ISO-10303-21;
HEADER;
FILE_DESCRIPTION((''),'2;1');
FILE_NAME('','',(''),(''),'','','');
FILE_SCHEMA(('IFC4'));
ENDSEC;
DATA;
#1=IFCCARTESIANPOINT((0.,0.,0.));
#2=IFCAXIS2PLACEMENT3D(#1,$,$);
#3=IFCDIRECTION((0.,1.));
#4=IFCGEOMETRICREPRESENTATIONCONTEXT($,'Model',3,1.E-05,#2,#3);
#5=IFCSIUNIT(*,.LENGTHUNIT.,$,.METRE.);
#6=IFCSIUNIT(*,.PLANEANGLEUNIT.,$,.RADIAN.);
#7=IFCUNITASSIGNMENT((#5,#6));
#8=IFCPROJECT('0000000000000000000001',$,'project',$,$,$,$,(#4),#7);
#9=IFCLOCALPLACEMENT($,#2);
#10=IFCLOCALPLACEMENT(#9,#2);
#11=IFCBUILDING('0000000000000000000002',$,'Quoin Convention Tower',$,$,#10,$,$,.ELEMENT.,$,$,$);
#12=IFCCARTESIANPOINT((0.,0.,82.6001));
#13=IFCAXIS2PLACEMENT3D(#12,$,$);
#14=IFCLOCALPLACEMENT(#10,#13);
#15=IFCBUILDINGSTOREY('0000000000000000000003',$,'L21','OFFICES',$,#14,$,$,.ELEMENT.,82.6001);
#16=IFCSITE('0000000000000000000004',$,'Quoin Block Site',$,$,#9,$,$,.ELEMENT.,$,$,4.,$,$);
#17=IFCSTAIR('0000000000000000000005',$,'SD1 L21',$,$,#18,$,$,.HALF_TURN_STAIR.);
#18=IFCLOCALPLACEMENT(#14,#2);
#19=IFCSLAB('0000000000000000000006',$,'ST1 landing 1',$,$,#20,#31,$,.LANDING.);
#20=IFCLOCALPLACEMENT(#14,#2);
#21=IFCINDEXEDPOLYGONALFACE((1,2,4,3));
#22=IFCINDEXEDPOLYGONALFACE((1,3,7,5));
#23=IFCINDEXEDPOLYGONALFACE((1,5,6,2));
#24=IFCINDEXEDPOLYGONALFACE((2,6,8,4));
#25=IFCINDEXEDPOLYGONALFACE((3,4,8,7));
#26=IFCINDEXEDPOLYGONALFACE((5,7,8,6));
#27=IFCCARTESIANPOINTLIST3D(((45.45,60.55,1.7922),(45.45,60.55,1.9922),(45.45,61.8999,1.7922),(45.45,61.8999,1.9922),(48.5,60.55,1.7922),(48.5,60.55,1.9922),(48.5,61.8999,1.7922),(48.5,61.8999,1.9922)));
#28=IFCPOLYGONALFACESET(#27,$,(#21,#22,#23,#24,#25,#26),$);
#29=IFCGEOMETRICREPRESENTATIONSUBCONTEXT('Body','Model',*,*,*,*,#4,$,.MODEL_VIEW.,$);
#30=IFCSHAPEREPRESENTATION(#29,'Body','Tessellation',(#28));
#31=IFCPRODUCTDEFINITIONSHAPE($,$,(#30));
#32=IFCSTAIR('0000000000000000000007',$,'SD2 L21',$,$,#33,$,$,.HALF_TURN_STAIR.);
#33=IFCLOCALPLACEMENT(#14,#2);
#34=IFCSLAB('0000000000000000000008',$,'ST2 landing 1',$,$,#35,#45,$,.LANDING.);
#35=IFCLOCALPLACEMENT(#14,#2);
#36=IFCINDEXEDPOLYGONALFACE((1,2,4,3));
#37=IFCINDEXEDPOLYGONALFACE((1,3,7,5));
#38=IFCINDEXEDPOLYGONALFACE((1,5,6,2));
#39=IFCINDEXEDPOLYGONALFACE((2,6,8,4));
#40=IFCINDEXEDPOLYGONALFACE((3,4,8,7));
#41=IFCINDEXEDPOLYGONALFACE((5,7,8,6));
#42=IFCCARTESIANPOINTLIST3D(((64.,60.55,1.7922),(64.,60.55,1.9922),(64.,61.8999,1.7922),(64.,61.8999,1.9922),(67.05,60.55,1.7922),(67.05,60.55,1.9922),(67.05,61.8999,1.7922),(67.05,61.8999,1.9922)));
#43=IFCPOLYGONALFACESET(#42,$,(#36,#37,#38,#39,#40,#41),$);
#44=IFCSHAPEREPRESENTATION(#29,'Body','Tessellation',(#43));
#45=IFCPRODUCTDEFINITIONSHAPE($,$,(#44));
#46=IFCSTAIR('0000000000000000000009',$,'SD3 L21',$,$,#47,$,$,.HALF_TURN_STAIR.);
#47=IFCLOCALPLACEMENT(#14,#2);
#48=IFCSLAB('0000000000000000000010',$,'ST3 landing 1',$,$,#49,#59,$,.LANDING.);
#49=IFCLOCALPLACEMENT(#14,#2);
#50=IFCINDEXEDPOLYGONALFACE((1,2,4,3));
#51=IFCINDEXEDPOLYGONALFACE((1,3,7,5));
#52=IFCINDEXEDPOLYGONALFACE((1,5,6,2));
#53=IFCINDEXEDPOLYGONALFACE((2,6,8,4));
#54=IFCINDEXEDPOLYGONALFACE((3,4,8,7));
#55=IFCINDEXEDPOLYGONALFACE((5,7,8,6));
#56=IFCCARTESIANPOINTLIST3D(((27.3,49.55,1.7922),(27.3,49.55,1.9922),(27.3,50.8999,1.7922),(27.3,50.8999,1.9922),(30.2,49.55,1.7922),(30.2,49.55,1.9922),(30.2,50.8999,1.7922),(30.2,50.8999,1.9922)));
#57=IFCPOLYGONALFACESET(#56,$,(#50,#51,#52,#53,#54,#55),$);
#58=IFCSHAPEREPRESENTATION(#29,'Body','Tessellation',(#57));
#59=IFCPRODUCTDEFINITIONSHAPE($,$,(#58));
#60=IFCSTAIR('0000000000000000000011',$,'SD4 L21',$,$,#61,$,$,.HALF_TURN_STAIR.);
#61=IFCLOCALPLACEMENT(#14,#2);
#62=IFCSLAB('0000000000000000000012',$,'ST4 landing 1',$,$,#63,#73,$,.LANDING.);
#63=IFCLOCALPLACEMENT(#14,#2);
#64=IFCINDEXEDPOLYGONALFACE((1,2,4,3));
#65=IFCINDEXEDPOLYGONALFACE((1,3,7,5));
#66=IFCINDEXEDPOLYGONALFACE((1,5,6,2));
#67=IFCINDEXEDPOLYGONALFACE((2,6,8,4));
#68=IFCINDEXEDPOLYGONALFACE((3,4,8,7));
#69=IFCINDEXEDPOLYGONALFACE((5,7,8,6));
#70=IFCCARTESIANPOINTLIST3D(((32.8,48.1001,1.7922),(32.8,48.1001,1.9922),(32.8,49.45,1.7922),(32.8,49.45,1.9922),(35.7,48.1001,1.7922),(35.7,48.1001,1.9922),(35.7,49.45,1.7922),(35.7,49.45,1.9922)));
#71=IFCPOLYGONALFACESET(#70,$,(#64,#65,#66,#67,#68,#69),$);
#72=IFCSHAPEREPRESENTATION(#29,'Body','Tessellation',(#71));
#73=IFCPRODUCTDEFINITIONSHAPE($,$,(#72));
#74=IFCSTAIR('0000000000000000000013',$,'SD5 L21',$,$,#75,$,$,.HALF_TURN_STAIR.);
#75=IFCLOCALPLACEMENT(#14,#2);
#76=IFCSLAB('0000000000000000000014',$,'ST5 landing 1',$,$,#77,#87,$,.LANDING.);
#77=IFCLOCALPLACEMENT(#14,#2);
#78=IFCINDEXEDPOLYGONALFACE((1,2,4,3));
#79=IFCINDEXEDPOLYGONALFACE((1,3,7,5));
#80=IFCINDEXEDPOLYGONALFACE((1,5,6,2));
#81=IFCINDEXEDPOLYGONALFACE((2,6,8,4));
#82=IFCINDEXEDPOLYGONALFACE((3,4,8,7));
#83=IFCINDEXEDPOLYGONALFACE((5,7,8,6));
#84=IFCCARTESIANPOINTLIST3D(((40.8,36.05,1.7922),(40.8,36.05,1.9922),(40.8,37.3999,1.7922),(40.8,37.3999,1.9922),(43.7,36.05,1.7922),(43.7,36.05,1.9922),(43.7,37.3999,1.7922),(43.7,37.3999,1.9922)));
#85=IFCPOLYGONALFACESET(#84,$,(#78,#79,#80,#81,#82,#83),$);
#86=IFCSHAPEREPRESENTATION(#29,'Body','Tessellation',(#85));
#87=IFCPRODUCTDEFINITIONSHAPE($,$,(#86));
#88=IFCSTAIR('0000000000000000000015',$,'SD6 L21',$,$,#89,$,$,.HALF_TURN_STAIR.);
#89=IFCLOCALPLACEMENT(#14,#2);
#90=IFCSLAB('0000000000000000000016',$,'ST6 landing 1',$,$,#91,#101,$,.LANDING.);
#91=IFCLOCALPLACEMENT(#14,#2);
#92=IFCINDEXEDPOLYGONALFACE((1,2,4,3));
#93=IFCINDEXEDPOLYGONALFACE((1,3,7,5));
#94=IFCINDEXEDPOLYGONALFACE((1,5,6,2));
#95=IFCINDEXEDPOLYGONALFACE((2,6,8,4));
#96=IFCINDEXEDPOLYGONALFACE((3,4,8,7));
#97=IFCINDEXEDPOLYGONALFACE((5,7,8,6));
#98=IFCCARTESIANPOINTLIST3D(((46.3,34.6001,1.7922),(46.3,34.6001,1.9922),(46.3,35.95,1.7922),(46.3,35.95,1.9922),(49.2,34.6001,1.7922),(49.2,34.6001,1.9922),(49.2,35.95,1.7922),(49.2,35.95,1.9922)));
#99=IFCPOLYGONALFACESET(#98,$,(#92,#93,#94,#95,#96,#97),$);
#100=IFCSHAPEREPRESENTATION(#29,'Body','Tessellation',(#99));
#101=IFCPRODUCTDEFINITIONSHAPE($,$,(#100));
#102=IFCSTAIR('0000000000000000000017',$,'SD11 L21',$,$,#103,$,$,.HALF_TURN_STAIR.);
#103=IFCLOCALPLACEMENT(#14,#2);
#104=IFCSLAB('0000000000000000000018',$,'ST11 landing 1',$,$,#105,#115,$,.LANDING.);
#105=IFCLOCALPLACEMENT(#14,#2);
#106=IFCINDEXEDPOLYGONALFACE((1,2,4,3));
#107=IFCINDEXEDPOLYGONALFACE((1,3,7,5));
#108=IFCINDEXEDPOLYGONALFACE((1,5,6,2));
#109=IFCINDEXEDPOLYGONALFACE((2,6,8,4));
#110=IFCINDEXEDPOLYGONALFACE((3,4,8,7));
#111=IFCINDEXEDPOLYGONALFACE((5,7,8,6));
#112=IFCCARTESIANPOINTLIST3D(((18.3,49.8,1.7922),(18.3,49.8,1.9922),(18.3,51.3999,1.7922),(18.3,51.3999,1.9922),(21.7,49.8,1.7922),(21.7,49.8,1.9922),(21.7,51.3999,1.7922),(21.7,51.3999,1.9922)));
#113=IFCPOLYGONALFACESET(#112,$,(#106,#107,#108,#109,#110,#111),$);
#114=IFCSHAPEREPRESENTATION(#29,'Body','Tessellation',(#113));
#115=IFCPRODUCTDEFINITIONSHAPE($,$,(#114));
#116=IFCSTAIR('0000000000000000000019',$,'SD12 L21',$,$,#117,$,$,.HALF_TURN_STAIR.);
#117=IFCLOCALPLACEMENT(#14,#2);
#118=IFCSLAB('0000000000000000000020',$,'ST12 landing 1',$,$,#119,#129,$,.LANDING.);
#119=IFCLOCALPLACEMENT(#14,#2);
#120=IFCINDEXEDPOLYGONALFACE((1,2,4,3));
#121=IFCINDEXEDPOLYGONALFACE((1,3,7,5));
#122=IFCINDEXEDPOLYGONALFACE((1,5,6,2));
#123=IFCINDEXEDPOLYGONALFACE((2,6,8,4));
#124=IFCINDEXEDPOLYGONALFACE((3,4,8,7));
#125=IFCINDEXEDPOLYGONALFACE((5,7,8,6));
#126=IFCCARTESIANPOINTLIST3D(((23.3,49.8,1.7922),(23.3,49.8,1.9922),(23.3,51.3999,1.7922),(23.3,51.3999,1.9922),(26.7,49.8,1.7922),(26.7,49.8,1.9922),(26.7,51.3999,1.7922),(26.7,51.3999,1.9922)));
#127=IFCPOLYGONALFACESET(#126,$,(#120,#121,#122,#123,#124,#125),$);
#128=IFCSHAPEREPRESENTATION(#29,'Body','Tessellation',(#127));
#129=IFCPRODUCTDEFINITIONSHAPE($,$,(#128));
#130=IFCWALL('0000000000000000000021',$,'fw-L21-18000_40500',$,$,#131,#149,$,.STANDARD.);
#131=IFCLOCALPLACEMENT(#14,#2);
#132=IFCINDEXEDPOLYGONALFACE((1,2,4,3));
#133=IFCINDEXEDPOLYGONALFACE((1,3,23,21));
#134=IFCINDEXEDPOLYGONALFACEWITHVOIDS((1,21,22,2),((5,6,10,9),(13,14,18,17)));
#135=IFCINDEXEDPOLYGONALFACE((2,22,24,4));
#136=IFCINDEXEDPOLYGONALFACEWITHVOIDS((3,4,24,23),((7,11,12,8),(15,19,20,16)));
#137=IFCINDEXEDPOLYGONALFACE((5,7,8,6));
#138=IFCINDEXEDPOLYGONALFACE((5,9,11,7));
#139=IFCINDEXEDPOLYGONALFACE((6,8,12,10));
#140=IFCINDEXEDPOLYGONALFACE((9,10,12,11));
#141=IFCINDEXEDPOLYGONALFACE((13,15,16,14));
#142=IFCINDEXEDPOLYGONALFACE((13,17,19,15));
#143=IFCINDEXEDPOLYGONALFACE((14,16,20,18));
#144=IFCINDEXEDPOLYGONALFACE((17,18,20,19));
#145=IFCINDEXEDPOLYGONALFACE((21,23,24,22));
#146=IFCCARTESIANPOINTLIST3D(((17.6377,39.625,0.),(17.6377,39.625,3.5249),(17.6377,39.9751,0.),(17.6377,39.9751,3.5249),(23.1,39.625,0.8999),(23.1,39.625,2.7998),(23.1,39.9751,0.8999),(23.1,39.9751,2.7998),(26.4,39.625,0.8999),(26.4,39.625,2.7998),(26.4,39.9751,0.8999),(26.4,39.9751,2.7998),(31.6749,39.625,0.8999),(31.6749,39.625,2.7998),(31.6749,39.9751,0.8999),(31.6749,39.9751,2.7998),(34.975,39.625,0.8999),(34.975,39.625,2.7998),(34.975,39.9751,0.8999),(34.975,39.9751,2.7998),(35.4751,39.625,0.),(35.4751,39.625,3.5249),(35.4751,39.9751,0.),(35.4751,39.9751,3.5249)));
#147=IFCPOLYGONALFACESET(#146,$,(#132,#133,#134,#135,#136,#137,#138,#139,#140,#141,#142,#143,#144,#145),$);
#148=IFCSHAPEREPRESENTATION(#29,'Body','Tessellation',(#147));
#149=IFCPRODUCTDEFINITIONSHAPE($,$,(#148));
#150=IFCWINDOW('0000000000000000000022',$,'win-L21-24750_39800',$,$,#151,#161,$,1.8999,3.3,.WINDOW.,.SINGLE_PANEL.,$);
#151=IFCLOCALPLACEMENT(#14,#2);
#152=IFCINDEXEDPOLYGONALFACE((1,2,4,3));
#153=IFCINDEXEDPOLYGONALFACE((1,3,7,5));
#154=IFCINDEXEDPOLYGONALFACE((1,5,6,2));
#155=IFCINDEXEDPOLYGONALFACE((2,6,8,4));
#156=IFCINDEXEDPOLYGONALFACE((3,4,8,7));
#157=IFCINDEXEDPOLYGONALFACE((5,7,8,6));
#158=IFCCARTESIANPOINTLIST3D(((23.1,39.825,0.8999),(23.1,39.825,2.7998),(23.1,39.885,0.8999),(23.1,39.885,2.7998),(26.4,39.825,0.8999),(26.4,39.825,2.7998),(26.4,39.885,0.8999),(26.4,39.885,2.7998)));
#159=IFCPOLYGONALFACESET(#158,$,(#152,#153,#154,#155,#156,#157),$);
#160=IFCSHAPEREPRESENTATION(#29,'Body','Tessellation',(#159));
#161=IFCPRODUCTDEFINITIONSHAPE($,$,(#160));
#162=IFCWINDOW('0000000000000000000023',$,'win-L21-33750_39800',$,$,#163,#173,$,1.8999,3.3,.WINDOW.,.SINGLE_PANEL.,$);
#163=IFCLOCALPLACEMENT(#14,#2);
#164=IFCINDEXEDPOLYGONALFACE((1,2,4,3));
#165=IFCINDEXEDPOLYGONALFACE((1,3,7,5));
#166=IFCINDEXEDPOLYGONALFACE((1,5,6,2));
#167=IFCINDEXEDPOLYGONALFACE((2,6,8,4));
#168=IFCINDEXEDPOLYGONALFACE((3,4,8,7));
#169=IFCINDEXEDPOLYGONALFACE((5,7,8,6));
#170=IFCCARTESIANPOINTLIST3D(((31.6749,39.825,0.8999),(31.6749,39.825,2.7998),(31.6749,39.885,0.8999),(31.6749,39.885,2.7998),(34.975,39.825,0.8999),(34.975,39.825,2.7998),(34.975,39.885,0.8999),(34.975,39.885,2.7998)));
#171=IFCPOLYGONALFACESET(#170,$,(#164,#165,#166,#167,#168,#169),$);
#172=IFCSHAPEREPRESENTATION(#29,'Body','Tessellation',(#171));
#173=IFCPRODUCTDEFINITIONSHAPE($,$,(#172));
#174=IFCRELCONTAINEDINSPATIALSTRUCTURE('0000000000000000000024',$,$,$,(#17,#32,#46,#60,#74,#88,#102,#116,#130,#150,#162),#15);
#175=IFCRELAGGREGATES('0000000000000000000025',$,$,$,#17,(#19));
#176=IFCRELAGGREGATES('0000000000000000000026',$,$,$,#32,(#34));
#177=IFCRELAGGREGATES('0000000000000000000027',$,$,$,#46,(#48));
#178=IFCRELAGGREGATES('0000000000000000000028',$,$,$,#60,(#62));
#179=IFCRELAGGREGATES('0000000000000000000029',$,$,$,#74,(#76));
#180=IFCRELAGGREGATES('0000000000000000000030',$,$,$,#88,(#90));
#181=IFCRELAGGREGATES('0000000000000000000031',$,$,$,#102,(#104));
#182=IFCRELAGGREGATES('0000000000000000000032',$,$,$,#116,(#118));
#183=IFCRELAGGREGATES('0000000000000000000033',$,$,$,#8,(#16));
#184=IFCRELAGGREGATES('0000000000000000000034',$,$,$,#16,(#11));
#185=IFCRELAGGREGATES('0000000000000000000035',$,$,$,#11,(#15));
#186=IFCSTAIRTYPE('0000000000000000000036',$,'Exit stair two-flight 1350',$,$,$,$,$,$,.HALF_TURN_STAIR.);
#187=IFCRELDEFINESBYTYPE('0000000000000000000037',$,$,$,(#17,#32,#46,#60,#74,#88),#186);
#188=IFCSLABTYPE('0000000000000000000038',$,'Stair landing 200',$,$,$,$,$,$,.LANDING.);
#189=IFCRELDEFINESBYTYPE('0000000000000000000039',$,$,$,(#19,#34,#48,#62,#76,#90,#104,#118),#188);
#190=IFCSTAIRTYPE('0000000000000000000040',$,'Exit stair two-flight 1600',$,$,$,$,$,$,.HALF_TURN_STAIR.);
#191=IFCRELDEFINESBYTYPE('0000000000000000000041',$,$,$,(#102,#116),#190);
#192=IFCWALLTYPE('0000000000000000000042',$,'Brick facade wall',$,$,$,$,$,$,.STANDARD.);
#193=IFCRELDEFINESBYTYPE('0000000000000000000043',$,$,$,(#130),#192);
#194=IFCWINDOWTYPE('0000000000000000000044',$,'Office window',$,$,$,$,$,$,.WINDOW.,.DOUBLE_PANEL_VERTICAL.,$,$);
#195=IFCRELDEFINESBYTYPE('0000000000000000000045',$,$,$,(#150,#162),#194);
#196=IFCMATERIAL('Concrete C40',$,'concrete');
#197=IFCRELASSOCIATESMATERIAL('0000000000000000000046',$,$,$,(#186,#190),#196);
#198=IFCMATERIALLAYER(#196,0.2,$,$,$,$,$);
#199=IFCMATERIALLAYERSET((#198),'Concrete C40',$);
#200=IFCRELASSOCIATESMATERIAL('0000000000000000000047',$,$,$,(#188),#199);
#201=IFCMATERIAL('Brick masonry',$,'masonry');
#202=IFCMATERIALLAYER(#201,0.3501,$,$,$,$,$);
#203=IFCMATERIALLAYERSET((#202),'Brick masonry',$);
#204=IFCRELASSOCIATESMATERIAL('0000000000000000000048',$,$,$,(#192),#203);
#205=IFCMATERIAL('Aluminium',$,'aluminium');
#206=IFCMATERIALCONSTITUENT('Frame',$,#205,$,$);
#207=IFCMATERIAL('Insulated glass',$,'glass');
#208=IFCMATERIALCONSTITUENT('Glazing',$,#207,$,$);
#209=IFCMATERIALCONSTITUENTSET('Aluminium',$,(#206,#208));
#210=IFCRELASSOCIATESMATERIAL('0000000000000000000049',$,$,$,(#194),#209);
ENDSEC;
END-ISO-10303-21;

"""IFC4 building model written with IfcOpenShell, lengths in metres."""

from ifc_helpers import new_model, si_unit, direction, frame, frame_2d, origin, place, context, subcontext, project, spatial, polyline, rectangle, outline, extrude, material, layer, layer_set, constituent, constituent_set, type_object, element, fill, aggregate, save


model = new_model("IFC4")

# Units and contexts
model_context = context("Model", 3, precision=1e-05, world=origin(), true_north=direction((0.0, 1.0)))
body_context = subcontext(model_context, "Body", "Model", "MODEL_VIEW")
ifc_project = project(units=[si_unit("LENGTHUNIT", "METRE"), si_unit("PLANEANGLEUNIT", "RADIAN")], contexts=[model_context])

# Site, building, storey
site_placement = place(None, origin())
site = spatial("IfcSite", under=ifc_project, at=site_placement, Name="Quoin Block Site", CompositionType="ELEMENT", RefElevation=4.0)
building_placement = place(site_placement, origin())
building = spatial("IfcBuilding", under=site, at=building_placement, Name="Quoin Convention Tower", CompositionType="ELEMENT")
storey_placement = place(building_placement, frame((0.0, 0.0, 82.6001)))
storey = spatial("IfcBuildingStorey", under=building, at=storey_placement, Name="L21", Description="OFFICES", CompositionType="ELEMENT", Elevation=82.6001)

# Shared definitions
ifc_material_1 = material(Name="Concrete C40", Category="concrete")

# Stairs, slabs
stair_type_1 = type_object("IfcStairType", Name="Exit stair two-flight 1350", PredefinedType="HALF_TURN_STAIR", material=ifc_material_1)
stair_1_placement = place(storey_placement, origin())
stair_1 = element("IfcStair", 1, at=stair_1_placement, inside=storey, type_object=stair_type_1, Name="SD1 L21", PredefinedType="HALF_TURN_STAIR")
ifc_layer_1 = layer(ifc_material_1, 0.2)
ifc_layer_set_1 = layer_set([ifc_layer_1], Name="Concrete C40")
slab_type_1 = type_object("IfcSlabType", Name="Stair landing 200", PredefinedType="LANDING", material=ifc_layer_set_1)
slab_1_placement = place(storey_placement, frame((0.0, 0.0, 1.7922)))
slab_1 = element("IfcSlab", 2, at=slab_1_placement, type_object=slab_type_1, Name="ST1 landing 1", PredefinedType="LANDING", context=body_context, shape_type="SweptSolid", body=[
    extrude(outline(polyline([(45.45, 60.55), (48.5, 60.55), (48.5, 61.8999), (45.45, 61.8999), (45.45, 60.55)])), origin(), (0.0, 0.0, 1.0), 0.2),
])
aggregate(stair_1, [slab_1])
stair_2_placement = place(storey_placement, origin())
stair_2 = element("IfcStair", 3, at=stair_2_placement, inside=storey, type_object=stair_type_1, Name="SD2 L21", PredefinedType="HALF_TURN_STAIR")
slab_2_placement = place(storey_placement, frame((0.0, 0.0, 1.7922)))
slab_2 = element("IfcSlab", 4, at=slab_2_placement, type_object=slab_type_1, Name="ST2 landing 1", PredefinedType="LANDING", context=body_context, shape_type="SweptSolid", body=[
    extrude(outline(polyline([(64.0, 60.55), (67.05, 60.55), (67.05, 61.8999), (64.0, 61.8999), (64.0, 60.55)])), origin(), (0.0, 0.0, 1.0), 0.2),
])
aggregate(stair_2, [slab_2])
stair_3_placement = place(storey_placement, origin())
stair_3 = element("IfcStair", 5, at=stair_3_placement, inside=storey, type_object=stair_type_1, Name="SD3 L21", PredefinedType="HALF_TURN_STAIR")
slab_3_placement = place(storey_placement, frame((0.0, 0.0, 1.7922)))
slab_3 = element("IfcSlab", 6, at=slab_3_placement, type_object=slab_type_1, Name="ST3 landing 1", PredefinedType="LANDING", context=body_context, shape_type="SweptSolid", body=[
    extrude(outline(polyline([(27.3, 49.55), (30.2, 49.55), (30.2, 50.8999), (27.3, 50.8999), (27.3, 49.55)])), origin(), (0.0, 0.0, 1.0), 0.2),
])
aggregate(stair_3, [slab_3])
stair_4_placement = place(storey_placement, origin())
stair_4 = element("IfcStair", 7, at=stair_4_placement, inside=storey, type_object=stair_type_1, Name="SD4 L21", PredefinedType="HALF_TURN_STAIR")
slab_4_placement = place(storey_placement, frame((0.0, 0.0, 1.7922)))
slab_4 = element("IfcSlab", 8, at=slab_4_placement, type_object=slab_type_1, Name="ST4 landing 1", PredefinedType="LANDING", context=body_context, shape_type="SweptSolid", body=[
    extrude(outline(polyline([(35.7, 49.45), (32.8, 49.45), (32.8, 48.1001), (35.7, 48.1001), (35.7, 49.45)])), origin(), (0.0, 0.0, 1.0), 0.2),
])
aggregate(stair_4, [slab_4])
stair_5_placement = place(storey_placement, origin())
stair_5 = element("IfcStair", 9, at=stair_5_placement, inside=storey, type_object=stair_type_1, Name="SD5 L21", PredefinedType="HALF_TURN_STAIR")
slab_5_placement = place(storey_placement, frame((0.0, 0.0, 1.7922)))
slab_5 = element("IfcSlab", 10, at=slab_5_placement, type_object=slab_type_1, Name="ST5 landing 1", PredefinedType="LANDING", context=body_context, shape_type="SweptSolid", body=[
    extrude(outline(polyline([(40.8, 36.05), (43.7, 36.05), (43.7, 37.3999), (40.8, 37.3999), (40.8, 36.05)])), origin(), (0.0, 0.0, 1.0), 0.2),
])
aggregate(stair_5, [slab_5])
stair_6_placement = place(storey_placement, origin())
stair_6 = element("IfcStair", 11, at=stair_6_placement, inside=storey, type_object=stair_type_1, Name="SD6 L21", PredefinedType="HALF_TURN_STAIR")
slab_6_placement = place(storey_placement, frame((0.0, 0.0, 1.7922)))
slab_6 = element("IfcSlab", 12, at=slab_6_placement, type_object=slab_type_1, Name="ST6 landing 1", PredefinedType="LANDING", context=body_context, shape_type="SweptSolid", body=[
    extrude(outline(polyline([(49.2, 35.95), (46.3, 35.95), (46.3, 34.6001), (49.2, 34.6001), (49.2, 35.95)])), origin(), (0.0, 0.0, 1.0), 0.2),
])
aggregate(stair_6, [slab_6])
stair_type_2 = type_object("IfcStairType", Name="Exit stair two-flight 1600", PredefinedType="HALF_TURN_STAIR", material=ifc_material_1)
stair_7_placement = place(storey_placement, origin())
stair_7 = element("IfcStair", 13, at=stair_7_placement, inside=storey, type_object=stair_type_2, Name="SD11 L21", PredefinedType="HALF_TURN_STAIR")
slab_7_placement = place(storey_placement, frame((0.0, 0.0, 1.7922)))
slab_7 = element("IfcSlab", 14, at=slab_7_placement, type_object=slab_type_1, Name="ST11 landing 1", PredefinedType="LANDING", context=body_context, shape_type="SweptSolid", body=[
    extrude(outline(polyline([(21.7, 51.3999), (18.3, 51.3999), (18.3, 49.8), (21.7, 49.8), (21.7, 51.3999)])), origin(), (0.0, 0.0, 1.0), 0.2),
])
aggregate(stair_7, [slab_7])
stair_8_placement = place(storey_placement, origin())
stair_8 = element("IfcStair", 15, at=stair_8_placement, inside=storey, type_object=stair_type_2, Name="SD12 L21", PredefinedType="HALF_TURN_STAIR")
slab_8_placement = place(storey_placement, frame((0.0, 0.0, 1.7922)))
slab_8 = element("IfcSlab", 16, at=slab_8_placement, type_object=slab_type_1, Name="ST12 landing 1", PredefinedType="LANDING", context=body_context, shape_type="SweptSolid", body=[
    extrude(outline(polyline([(26.7, 51.3999), (23.3, 51.3999), (23.3, 49.8), (26.7, 49.8), (26.7, 51.3999)])), origin(), (0.0, 0.0, 1.0), 0.2),
])
aggregate(stair_8, [slab_8])

# Wall, openings, windows
ifc_material_2 = material(Name="Brick masonry", Category="masonry")
ifc_layer_2 = layer(ifc_material_2, 0.3501)
ifc_layer_set_2 = layer_set([ifc_layer_2], Name="Brick masonry")
wall_type_1 = type_object("IfcWallType", Name="Brick facade wall", PredefinedType="STANDARD", material=ifc_layer_set_2)
wall_1_placement = place(storey_placement, frame((17.6377, 39.8, 0.0), z_axis=(0.0, 0.0, 1.0), x_axis=(1.0, 0.0, 0.0)))
wall_1 = element("IfcWall", 17, at=wall_1_placement, inside=storey, type_object=wall_type_1, Name="fw-L21-18000_40500", PredefinedType="STANDARD", context=body_context, shape_type="SweptSolid", body=[
    extrude(rectangle(XDim=17.8374, YDim=0.3501, at=frame_2d((8.9187, 0.0))), origin(), (0.0, 0.0, 1.0), 3.5249),
])
opening_1_placement = place(wall_1_placement, frame((5.4624, 0.0, 0.8999)))
opening_1 = element("IfcOpeningElement", 18, at=opening_1_placement, cuts=wall_1, PredefinedType="OPENING", context=body_context, shape_type="SweptSolid", body=[
    extrude(rectangle(XDim=3.3, YDim=1.8999, at=frame_2d((1.6499, 0.95))), frame((0.0, 0.1851, 0.0), z_axis=(0.0, -1.0, 0.0), x_axis=(1.0, 0.0, 0.0)), (0.0, 0.0, 1.0), 0.3701),
])
opening_2_placement = place(wall_1_placement, frame((14.0374, 0.0, 0.8999)))
opening_2 = element("IfcOpeningElement", 19, at=opening_2_placement, cuts=wall_1, PredefinedType="OPENING", context=body_context, shape_type="SweptSolid", body=[
    extrude(rectangle(XDim=3.3, YDim=1.8999, at=frame_2d((1.6499, 0.95))), frame((0.0, 0.1851, 0.0), z_axis=(0.0, -1.0, 0.0), x_axis=(1.0, 0.0, 0.0)), (0.0, 0.0, 1.0), 0.3701),
])
ifc_material_3 = material(Name="Aluminium", Category="aluminium")
ifc_constituent_1 = constituent(ifc_material_3, Name="Frame")
ifc_material_4 = material(Name="Insulated glass", Category="glass")
ifc_constituent_2 = constituent(ifc_material_4, Name="Glazing")
ifc_constituent_set = constituent_set(constituents=[ifc_constituent_1, ifc_constituent_2], Name="Aluminium")
window_type = type_object("IfcWindowType", Name="Office window", PartitioningType="DOUBLE_PANEL_VERTICAL", PredefinedType="WINDOW", material=ifc_constituent_set)
window_1_placement = place(opening_1_placement, origin())
window_1 = element("IfcWindow", 20, at=window_1_placement, inside=storey, type_object=window_type, Name="win-L21-24750_39800", OverallHeight=1.8999, OverallWidth=3.3, PartitioningType="SINGLE_PANEL", PredefinedType="WINDOW", context=body_context, shape_type="SweptSolid", body=[
    extrude(rectangle(XDim=3.3, YDim=1.8999, at=frame_2d((1.6499, 0.95))), frame((0.0, 0.085, 0.0), z_axis=(0.0, -1.0, 0.0), x_axis=(1.0, 0.0, 0.0)), (0.0, 0.0, 1.0), 0.0601),
])
fill(opening_1, window_1)
window_2_placement = place(opening_2_placement, origin())
window_2 = element("IfcWindow", 21, at=window_2_placement, inside=storey, type_object=window_type, Name="win-L21-33750_39800", OverallHeight=1.8999, OverallWidth=3.3, PartitioningType="SINGLE_PANEL", PredefinedType="WINDOW", context=body_context, shape_type="SweptSolid", body=[
    extrude(rectangle(XDim=3.3, YDim=1.8999, at=frame_2d((1.6499, 0.95))), frame((0.0, 0.085, 0.0), z_axis=(0.0, -1.0, 0.0), x_axis=(1.0, 0.0, 0.0)), (0.0, 0.0, 1.0), 0.0601),
])
fill(opening_2, window_2)

save(model, "model.ifc")
